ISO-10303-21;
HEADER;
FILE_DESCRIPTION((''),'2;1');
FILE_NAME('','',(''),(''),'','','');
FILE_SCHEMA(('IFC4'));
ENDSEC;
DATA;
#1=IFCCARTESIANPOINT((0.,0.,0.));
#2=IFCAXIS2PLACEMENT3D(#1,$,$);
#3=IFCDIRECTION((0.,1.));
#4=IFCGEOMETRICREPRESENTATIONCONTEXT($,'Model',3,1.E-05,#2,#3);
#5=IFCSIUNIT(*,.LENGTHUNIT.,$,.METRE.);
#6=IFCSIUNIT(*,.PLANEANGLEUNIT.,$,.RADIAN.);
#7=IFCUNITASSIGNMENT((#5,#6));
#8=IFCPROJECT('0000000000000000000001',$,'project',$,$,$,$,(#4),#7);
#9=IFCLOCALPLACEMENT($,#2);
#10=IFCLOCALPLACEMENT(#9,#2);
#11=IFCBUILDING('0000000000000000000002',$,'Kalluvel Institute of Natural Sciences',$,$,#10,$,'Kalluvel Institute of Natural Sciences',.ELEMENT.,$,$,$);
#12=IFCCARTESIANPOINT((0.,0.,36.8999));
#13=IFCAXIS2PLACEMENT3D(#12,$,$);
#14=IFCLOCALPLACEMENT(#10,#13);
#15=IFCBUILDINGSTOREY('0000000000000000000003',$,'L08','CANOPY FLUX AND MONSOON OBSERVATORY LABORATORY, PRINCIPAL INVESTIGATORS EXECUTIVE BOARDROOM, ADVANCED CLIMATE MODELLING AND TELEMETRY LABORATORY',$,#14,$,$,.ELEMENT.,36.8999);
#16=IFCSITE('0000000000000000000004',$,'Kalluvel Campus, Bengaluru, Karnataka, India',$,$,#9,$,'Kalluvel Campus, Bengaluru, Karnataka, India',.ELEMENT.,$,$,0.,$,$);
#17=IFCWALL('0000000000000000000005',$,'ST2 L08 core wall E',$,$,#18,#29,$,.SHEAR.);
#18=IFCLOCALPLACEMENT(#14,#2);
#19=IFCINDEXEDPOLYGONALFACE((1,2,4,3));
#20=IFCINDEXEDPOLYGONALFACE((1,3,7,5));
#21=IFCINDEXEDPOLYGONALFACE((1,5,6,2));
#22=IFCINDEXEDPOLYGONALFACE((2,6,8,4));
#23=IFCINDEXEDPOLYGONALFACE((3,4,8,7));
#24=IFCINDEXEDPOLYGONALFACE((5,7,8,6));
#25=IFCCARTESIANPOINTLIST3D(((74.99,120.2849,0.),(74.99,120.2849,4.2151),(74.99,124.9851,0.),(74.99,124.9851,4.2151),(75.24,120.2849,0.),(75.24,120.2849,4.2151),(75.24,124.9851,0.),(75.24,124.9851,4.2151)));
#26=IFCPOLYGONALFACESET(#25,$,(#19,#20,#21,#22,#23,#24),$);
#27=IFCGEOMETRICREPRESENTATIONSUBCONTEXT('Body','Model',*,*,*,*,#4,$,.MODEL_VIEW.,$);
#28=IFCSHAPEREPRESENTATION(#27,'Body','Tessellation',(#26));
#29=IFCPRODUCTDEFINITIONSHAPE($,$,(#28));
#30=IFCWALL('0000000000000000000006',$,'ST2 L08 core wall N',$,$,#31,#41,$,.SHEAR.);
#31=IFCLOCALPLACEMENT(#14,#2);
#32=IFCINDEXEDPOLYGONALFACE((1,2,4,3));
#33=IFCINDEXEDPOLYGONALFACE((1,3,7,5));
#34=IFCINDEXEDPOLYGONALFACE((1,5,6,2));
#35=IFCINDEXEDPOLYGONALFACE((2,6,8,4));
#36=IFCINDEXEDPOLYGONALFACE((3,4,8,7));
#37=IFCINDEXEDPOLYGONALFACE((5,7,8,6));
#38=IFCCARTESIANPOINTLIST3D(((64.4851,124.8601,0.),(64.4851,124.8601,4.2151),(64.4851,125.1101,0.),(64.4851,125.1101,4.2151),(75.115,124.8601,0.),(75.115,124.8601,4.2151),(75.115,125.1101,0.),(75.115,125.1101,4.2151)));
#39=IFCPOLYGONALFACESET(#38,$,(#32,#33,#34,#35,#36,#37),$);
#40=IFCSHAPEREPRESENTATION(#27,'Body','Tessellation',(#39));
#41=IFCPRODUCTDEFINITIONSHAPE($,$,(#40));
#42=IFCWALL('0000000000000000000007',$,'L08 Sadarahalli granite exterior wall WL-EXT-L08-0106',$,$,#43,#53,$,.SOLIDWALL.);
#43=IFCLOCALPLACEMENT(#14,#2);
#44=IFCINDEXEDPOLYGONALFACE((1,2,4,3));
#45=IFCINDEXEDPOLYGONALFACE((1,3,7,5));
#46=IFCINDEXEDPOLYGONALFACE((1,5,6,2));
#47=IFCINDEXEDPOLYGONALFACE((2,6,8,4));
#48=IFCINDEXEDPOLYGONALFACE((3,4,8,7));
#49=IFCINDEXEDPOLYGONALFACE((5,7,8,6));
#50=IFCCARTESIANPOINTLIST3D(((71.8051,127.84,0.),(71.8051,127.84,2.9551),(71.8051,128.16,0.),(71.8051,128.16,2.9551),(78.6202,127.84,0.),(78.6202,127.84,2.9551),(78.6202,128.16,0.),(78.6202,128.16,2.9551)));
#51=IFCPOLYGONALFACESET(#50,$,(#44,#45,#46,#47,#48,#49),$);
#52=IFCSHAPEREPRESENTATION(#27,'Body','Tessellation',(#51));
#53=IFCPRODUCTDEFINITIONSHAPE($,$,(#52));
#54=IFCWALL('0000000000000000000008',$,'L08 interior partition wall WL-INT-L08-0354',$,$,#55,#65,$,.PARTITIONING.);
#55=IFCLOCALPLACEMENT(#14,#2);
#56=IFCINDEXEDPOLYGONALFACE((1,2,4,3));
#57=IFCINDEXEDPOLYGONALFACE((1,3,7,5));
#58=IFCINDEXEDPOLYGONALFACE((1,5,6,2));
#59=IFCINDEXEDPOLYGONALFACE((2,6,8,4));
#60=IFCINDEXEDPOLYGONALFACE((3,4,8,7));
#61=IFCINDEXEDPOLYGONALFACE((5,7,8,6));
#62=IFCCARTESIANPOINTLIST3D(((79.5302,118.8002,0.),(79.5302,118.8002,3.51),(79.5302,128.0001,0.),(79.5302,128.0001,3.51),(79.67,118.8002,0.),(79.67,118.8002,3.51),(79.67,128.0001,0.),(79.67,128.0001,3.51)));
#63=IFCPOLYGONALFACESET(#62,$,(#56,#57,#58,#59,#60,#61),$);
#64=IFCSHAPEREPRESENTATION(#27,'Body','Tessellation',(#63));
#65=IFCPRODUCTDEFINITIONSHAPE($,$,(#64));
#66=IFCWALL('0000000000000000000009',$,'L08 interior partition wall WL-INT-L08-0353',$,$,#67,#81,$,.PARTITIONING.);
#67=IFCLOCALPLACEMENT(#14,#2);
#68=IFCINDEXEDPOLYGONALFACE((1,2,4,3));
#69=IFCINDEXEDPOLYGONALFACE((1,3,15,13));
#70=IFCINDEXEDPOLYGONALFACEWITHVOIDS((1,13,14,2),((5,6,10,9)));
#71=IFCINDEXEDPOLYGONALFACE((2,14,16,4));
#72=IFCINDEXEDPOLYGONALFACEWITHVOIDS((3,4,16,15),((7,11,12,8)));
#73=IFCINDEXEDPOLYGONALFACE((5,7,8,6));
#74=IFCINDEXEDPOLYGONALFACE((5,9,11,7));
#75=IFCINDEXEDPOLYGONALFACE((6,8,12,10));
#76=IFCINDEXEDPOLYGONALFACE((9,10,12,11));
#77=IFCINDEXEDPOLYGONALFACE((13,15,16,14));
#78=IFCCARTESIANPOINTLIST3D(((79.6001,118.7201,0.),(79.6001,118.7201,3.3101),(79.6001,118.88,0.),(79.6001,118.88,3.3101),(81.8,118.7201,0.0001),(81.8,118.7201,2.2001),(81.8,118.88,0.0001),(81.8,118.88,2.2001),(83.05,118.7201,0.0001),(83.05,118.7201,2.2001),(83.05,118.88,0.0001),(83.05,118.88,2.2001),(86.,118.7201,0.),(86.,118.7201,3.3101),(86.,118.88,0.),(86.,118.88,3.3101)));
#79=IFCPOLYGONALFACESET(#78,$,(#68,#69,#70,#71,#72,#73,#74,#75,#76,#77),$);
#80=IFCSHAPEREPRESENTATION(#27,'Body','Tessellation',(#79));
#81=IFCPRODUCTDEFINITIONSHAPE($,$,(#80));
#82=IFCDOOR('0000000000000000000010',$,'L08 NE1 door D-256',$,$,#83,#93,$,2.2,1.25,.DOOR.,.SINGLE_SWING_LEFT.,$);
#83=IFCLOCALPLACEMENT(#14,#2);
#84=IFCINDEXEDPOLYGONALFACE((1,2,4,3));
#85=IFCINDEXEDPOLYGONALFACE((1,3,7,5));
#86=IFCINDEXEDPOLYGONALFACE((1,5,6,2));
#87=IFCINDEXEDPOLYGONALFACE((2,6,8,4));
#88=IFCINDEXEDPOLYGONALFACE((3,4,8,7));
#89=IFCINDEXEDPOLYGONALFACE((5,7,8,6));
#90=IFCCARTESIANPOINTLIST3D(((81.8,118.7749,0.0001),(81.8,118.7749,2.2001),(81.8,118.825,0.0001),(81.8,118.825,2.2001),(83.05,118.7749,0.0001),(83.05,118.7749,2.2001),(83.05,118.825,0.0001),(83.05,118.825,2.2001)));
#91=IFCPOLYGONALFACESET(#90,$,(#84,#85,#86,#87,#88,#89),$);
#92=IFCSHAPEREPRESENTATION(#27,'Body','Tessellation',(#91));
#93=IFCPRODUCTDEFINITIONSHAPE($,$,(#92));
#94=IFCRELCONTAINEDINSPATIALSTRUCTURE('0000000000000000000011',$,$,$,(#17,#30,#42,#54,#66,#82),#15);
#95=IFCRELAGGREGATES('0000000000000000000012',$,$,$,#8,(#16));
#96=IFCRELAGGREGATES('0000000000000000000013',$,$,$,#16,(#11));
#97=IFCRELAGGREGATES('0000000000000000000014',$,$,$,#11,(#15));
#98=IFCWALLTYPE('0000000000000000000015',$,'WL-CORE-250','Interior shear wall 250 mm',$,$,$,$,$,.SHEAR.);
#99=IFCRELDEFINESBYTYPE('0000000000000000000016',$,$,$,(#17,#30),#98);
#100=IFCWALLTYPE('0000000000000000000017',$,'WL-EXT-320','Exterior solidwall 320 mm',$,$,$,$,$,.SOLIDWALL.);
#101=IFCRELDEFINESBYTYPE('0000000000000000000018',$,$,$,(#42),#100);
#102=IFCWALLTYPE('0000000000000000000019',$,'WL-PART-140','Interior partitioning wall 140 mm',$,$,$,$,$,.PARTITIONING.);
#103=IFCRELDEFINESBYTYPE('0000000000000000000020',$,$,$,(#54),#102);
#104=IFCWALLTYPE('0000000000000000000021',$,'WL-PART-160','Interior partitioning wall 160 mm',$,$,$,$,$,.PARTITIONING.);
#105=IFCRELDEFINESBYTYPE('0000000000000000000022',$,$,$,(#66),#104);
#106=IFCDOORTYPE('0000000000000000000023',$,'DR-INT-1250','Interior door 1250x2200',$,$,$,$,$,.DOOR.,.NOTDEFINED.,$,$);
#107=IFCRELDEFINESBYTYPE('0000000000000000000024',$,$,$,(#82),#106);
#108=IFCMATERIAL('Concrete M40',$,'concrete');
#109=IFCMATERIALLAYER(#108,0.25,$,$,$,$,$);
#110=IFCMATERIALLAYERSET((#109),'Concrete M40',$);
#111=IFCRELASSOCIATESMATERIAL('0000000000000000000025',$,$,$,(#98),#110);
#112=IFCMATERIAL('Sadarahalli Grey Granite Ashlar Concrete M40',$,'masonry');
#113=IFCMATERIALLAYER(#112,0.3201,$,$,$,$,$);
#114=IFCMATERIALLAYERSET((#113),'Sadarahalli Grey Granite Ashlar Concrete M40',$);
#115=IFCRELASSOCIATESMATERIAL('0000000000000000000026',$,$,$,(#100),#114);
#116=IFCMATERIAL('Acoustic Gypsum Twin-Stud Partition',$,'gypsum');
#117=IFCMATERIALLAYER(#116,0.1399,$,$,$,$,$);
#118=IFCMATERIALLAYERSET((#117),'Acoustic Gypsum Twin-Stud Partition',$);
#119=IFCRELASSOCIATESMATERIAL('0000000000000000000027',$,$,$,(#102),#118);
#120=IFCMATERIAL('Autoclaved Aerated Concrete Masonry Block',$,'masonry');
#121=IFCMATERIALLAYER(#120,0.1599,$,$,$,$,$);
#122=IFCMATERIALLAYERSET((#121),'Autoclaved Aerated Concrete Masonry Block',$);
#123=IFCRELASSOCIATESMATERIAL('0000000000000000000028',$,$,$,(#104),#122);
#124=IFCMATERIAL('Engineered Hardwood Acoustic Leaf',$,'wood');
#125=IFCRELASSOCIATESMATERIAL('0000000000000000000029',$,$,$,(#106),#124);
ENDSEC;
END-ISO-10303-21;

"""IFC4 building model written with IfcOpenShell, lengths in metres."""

from ifc_helpers import new_model, si_unit, direction, frame, frame_2d, origin, place, context, subcontext, project, spatial, rectangle, extrude, material, layer, layer_set, type_object, element, fill, save


model = new_model("IFC4")

# Units and contexts
model_context = context("Model", 3, precision=1e-05, world=origin(), true_north=direction((0.0, 1.0)))
body_context = subcontext(model_context, "Body", "Model", "MODEL_VIEW")
ifc_project = project(units=[si_unit("LENGTHUNIT", "METRE"), si_unit("PLANEANGLEUNIT", "RADIAN")], contexts=[model_context])

# Site, building, storey
site_placement = place(None, origin())
site = spatial("IfcSite", under=ifc_project, at=site_placement, Name="Kalluvel Campus, Bengaluru, Karnataka, India", LongName="Kalluvel Campus, Bengaluru, Karnataka, India", CompositionType="ELEMENT", RefElevation=0.0)
building_placement = place(site_placement, origin())
building = spatial("IfcBuilding", under=site, at=building_placement, Name="Kalluvel Institute of Natural Sciences", LongName="Kalluvel Institute of Natural Sciences", CompositionType="ELEMENT")
storey_placement = place(building_placement, frame((0.0, 0.0, 36.8999)))
storey = spatial("IfcBuildingStorey", under=building, at=storey_placement, Name="L08", Description="CANOPY FLUX AND MONSOON OBSERVATORY LABORATORY, PRINCIPAL INVESTIGATORS EXECUTIVE BOARDROOM, ADVANCED CLIMATE MODELLING AND TELEMETRY LABORATORY", CompositionType="ELEMENT", Elevation=36.8999)

# Shared definitions
ifc_material_1 = material(Name="Concrete M40", Category="concrete")

# Walls
ifc_layer_1 = layer(ifc_material_1, 0.25)
ifc_layer_set_1 = layer_set([ifc_layer_1], Name="Concrete M40")
wall_type_1 = type_object("IfcWallType", Name="WL-CORE-250", Description="Interior shear wall 250 mm", PredefinedType="SHEAR", material=ifc_layer_set_1)
wall_1_placement = place(storey_placement, frame((75.115, 120.2849, 0.0), z_axis=(0.0, 0.0, 1.0), x_axis=(0.0, 1.0, 0.0)))
element("IfcWall", 1, at=wall_1_placement, inside=storey, type_object=wall_type_1, Name="ST2 L08 core wall E", PredefinedType="SHEAR", context=body_context, shape_type="SweptSolid", body=[
    extrude(rectangle(XDim=4.7002, YDim=0.25, at=frame_2d((2.3501, 0.0))), origin(), (0.0, 0.0, 1.0), 4.2151),
])
wall_2_placement = place(storey_placement, frame((75.115, 124.9851, 0.0), z_axis=(0.0, 0.0, 1.0), x_axis=(-1.0, 0.0, 0.0)))
element("IfcWall", 2, at=wall_2_placement, inside=storey, type_object=wall_type_1, Name="ST2 L08 core wall N", PredefinedType="SHEAR", context=body_context, shape_type="SweptSolid", body=[
    extrude(rectangle(XDim=10.6299, YDim=0.25, at=frame_2d((5.3149, 0.0))), origin(), (0.0, 0.0, 1.0), 4.2151),
])
ifc_material_2 = material(Name="Sadarahalli Grey Granite Ashlar Concrete M40", Category="masonry")
ifc_layer_2 = layer(ifc_material_2, 0.3201)
ifc_layer_set_2 = layer_set([ifc_layer_2], Name="Sadarahalli Grey Granite Ashlar Concrete M40")
wall_type_2 = type_object("IfcWallType", Name="WL-EXT-320", Description="Exterior solidwall 320 mm", PredefinedType="SOLIDWALL", material=ifc_layer_set_2)
wall_3_placement = place(storey_placement, frame((71.8049, 128.0, 0.0), z_axis=(0.0, 0.0, 1.0), x_axis=(1.0, 0.0, 0.0)))
element("IfcWall", 3, at=wall_3_placement, inside=storey, type_object=wall_type_2, Name="L08 Sadarahalli granite exterior wall WL-EXT-L08-0106", PredefinedType="SOLIDWALL", context=body_context, shape_type="SweptSolid", body=[
    extrude(rectangle(XDim=6.8152, YDim=0.3201, at=frame_2d((3.4077, 0.0))), origin(), (0.0, 0.0, 1.0), 2.9551),
])
ifc_material_3 = material(Name="Acoustic Gypsum Twin-Stud Partition", Category="gypsum")
ifc_layer_3 = layer(ifc_material_3, 0.1399)
ifc_layer_set_3 = layer_set([ifc_layer_3], Name="Acoustic Gypsum Twin-Stud Partition")
wall_type_3 = type_object("IfcWallType", Name="WL-PART-140", Description="Interior partitioning wall 140 mm", PredefinedType="PARTITIONING", material=ifc_layer_set_3)
wall_4_placement = place(storey_placement, frame((79.6001, 118.8, 0.0), z_axis=(0.0, 0.0, 1.0), x_axis=(0.0, 1.0, 0.0)))
element("IfcWall", 4, at=wall_4_placement, inside=storey, type_object=wall_type_3, Name="L08 interior partition wall WL-INT-L08-0354", PredefinedType="PARTITIONING", context=body_context, shape_type="SweptSolid", body=[
    extrude(rectangle(XDim=9.2, YDim=0.1399, at=frame_2d((4.6001, 0.0))), origin(), (0.0, 0.0, 1.0), 3.51),
])

# Wall, opening, door
ifc_material_4 = material(Name="Autoclaved Aerated Concrete Masonry Block", Category="masonry")
ifc_layer_4 = layer(ifc_material_4, 0.1599)
ifc_layer_set_4 = layer_set([ifc_layer_4], Name="Autoclaved Aerated Concrete Masonry Block")
wall_type_4 = type_object("IfcWallType", Name="WL-PART-160", Description="Interior partitioning wall 160 mm", PredefinedType="PARTITIONING", material=ifc_layer_set_4)
wall_5_placement = place(storey_placement, frame((79.6001, 118.8, 0.0), z_axis=(0.0, 0.0, 1.0), x_axis=(1.0, 0.0, 0.0)))
wall_5 = element("IfcWall", 5, at=wall_5_placement, inside=storey, type_object=wall_type_4, Name="L08 interior partition wall WL-INT-L08-0353", PredefinedType="PARTITIONING", context=body_context, shape_type="SweptSolid", body=[
    extrude(rectangle(XDim=6.3999, YDim=0.1599, at=frame_2d((3.2, 0.0))), origin(), (0.0, 0.0, 1.0), 3.3101),
])
opening_placement = place(wall_5_placement, frame((2.2, 0.0, 0.0)))
opening = element("IfcOpeningElement", 6, at=opening_placement, cuts=wall_5, PredefinedType="OPENING", context=body_context, shape_type="SweptSolid", body=[
    extrude(rectangle(XDim=1.25, YDim=2.2, at=frame_2d((0.625, 1.1001))), frame((0.0, 0.0898, 0.0), z_axis=(0.0, -1.0, 0.0), x_axis=(1.0, 0.0, 0.0)), (0.0, 0.0, 1.0), 0.1799),
])
ifc_material_5 = material(Name="Engineered Hardwood Acoustic Leaf", Category="wood")
door_type = type_object("IfcDoorType", Name="DR-INT-1250", Description="Interior door 1250x2200", OperationType="NOTDEFINED", PredefinedType="DOOR", material=ifc_material_5)
door_placement = place(opening_placement, origin())
door = element("IfcDoor", 7, at=door_placement, inside=storey, type_object=door_type, Name="L08 NE1 door D-256", OperationType="SINGLE_SWING_LEFT", OverallHeight=2.2, OverallWidth=1.25, PredefinedType="DOOR", context=body_context, shape_type="SweptSolid", body=[
    extrude(rectangle(XDim=1.25, YDim=2.2, at=frame_2d((0.625, 1.1001))), frame((0.0, 0.0249, 0.0), z_axis=(0.0, -1.0, 0.0), x_axis=(1.0, 0.0, 0.0)), (0.0, 0.0, 1.0), 0.05),
])
fill(opening, door)

save(model, "model.ifc")
